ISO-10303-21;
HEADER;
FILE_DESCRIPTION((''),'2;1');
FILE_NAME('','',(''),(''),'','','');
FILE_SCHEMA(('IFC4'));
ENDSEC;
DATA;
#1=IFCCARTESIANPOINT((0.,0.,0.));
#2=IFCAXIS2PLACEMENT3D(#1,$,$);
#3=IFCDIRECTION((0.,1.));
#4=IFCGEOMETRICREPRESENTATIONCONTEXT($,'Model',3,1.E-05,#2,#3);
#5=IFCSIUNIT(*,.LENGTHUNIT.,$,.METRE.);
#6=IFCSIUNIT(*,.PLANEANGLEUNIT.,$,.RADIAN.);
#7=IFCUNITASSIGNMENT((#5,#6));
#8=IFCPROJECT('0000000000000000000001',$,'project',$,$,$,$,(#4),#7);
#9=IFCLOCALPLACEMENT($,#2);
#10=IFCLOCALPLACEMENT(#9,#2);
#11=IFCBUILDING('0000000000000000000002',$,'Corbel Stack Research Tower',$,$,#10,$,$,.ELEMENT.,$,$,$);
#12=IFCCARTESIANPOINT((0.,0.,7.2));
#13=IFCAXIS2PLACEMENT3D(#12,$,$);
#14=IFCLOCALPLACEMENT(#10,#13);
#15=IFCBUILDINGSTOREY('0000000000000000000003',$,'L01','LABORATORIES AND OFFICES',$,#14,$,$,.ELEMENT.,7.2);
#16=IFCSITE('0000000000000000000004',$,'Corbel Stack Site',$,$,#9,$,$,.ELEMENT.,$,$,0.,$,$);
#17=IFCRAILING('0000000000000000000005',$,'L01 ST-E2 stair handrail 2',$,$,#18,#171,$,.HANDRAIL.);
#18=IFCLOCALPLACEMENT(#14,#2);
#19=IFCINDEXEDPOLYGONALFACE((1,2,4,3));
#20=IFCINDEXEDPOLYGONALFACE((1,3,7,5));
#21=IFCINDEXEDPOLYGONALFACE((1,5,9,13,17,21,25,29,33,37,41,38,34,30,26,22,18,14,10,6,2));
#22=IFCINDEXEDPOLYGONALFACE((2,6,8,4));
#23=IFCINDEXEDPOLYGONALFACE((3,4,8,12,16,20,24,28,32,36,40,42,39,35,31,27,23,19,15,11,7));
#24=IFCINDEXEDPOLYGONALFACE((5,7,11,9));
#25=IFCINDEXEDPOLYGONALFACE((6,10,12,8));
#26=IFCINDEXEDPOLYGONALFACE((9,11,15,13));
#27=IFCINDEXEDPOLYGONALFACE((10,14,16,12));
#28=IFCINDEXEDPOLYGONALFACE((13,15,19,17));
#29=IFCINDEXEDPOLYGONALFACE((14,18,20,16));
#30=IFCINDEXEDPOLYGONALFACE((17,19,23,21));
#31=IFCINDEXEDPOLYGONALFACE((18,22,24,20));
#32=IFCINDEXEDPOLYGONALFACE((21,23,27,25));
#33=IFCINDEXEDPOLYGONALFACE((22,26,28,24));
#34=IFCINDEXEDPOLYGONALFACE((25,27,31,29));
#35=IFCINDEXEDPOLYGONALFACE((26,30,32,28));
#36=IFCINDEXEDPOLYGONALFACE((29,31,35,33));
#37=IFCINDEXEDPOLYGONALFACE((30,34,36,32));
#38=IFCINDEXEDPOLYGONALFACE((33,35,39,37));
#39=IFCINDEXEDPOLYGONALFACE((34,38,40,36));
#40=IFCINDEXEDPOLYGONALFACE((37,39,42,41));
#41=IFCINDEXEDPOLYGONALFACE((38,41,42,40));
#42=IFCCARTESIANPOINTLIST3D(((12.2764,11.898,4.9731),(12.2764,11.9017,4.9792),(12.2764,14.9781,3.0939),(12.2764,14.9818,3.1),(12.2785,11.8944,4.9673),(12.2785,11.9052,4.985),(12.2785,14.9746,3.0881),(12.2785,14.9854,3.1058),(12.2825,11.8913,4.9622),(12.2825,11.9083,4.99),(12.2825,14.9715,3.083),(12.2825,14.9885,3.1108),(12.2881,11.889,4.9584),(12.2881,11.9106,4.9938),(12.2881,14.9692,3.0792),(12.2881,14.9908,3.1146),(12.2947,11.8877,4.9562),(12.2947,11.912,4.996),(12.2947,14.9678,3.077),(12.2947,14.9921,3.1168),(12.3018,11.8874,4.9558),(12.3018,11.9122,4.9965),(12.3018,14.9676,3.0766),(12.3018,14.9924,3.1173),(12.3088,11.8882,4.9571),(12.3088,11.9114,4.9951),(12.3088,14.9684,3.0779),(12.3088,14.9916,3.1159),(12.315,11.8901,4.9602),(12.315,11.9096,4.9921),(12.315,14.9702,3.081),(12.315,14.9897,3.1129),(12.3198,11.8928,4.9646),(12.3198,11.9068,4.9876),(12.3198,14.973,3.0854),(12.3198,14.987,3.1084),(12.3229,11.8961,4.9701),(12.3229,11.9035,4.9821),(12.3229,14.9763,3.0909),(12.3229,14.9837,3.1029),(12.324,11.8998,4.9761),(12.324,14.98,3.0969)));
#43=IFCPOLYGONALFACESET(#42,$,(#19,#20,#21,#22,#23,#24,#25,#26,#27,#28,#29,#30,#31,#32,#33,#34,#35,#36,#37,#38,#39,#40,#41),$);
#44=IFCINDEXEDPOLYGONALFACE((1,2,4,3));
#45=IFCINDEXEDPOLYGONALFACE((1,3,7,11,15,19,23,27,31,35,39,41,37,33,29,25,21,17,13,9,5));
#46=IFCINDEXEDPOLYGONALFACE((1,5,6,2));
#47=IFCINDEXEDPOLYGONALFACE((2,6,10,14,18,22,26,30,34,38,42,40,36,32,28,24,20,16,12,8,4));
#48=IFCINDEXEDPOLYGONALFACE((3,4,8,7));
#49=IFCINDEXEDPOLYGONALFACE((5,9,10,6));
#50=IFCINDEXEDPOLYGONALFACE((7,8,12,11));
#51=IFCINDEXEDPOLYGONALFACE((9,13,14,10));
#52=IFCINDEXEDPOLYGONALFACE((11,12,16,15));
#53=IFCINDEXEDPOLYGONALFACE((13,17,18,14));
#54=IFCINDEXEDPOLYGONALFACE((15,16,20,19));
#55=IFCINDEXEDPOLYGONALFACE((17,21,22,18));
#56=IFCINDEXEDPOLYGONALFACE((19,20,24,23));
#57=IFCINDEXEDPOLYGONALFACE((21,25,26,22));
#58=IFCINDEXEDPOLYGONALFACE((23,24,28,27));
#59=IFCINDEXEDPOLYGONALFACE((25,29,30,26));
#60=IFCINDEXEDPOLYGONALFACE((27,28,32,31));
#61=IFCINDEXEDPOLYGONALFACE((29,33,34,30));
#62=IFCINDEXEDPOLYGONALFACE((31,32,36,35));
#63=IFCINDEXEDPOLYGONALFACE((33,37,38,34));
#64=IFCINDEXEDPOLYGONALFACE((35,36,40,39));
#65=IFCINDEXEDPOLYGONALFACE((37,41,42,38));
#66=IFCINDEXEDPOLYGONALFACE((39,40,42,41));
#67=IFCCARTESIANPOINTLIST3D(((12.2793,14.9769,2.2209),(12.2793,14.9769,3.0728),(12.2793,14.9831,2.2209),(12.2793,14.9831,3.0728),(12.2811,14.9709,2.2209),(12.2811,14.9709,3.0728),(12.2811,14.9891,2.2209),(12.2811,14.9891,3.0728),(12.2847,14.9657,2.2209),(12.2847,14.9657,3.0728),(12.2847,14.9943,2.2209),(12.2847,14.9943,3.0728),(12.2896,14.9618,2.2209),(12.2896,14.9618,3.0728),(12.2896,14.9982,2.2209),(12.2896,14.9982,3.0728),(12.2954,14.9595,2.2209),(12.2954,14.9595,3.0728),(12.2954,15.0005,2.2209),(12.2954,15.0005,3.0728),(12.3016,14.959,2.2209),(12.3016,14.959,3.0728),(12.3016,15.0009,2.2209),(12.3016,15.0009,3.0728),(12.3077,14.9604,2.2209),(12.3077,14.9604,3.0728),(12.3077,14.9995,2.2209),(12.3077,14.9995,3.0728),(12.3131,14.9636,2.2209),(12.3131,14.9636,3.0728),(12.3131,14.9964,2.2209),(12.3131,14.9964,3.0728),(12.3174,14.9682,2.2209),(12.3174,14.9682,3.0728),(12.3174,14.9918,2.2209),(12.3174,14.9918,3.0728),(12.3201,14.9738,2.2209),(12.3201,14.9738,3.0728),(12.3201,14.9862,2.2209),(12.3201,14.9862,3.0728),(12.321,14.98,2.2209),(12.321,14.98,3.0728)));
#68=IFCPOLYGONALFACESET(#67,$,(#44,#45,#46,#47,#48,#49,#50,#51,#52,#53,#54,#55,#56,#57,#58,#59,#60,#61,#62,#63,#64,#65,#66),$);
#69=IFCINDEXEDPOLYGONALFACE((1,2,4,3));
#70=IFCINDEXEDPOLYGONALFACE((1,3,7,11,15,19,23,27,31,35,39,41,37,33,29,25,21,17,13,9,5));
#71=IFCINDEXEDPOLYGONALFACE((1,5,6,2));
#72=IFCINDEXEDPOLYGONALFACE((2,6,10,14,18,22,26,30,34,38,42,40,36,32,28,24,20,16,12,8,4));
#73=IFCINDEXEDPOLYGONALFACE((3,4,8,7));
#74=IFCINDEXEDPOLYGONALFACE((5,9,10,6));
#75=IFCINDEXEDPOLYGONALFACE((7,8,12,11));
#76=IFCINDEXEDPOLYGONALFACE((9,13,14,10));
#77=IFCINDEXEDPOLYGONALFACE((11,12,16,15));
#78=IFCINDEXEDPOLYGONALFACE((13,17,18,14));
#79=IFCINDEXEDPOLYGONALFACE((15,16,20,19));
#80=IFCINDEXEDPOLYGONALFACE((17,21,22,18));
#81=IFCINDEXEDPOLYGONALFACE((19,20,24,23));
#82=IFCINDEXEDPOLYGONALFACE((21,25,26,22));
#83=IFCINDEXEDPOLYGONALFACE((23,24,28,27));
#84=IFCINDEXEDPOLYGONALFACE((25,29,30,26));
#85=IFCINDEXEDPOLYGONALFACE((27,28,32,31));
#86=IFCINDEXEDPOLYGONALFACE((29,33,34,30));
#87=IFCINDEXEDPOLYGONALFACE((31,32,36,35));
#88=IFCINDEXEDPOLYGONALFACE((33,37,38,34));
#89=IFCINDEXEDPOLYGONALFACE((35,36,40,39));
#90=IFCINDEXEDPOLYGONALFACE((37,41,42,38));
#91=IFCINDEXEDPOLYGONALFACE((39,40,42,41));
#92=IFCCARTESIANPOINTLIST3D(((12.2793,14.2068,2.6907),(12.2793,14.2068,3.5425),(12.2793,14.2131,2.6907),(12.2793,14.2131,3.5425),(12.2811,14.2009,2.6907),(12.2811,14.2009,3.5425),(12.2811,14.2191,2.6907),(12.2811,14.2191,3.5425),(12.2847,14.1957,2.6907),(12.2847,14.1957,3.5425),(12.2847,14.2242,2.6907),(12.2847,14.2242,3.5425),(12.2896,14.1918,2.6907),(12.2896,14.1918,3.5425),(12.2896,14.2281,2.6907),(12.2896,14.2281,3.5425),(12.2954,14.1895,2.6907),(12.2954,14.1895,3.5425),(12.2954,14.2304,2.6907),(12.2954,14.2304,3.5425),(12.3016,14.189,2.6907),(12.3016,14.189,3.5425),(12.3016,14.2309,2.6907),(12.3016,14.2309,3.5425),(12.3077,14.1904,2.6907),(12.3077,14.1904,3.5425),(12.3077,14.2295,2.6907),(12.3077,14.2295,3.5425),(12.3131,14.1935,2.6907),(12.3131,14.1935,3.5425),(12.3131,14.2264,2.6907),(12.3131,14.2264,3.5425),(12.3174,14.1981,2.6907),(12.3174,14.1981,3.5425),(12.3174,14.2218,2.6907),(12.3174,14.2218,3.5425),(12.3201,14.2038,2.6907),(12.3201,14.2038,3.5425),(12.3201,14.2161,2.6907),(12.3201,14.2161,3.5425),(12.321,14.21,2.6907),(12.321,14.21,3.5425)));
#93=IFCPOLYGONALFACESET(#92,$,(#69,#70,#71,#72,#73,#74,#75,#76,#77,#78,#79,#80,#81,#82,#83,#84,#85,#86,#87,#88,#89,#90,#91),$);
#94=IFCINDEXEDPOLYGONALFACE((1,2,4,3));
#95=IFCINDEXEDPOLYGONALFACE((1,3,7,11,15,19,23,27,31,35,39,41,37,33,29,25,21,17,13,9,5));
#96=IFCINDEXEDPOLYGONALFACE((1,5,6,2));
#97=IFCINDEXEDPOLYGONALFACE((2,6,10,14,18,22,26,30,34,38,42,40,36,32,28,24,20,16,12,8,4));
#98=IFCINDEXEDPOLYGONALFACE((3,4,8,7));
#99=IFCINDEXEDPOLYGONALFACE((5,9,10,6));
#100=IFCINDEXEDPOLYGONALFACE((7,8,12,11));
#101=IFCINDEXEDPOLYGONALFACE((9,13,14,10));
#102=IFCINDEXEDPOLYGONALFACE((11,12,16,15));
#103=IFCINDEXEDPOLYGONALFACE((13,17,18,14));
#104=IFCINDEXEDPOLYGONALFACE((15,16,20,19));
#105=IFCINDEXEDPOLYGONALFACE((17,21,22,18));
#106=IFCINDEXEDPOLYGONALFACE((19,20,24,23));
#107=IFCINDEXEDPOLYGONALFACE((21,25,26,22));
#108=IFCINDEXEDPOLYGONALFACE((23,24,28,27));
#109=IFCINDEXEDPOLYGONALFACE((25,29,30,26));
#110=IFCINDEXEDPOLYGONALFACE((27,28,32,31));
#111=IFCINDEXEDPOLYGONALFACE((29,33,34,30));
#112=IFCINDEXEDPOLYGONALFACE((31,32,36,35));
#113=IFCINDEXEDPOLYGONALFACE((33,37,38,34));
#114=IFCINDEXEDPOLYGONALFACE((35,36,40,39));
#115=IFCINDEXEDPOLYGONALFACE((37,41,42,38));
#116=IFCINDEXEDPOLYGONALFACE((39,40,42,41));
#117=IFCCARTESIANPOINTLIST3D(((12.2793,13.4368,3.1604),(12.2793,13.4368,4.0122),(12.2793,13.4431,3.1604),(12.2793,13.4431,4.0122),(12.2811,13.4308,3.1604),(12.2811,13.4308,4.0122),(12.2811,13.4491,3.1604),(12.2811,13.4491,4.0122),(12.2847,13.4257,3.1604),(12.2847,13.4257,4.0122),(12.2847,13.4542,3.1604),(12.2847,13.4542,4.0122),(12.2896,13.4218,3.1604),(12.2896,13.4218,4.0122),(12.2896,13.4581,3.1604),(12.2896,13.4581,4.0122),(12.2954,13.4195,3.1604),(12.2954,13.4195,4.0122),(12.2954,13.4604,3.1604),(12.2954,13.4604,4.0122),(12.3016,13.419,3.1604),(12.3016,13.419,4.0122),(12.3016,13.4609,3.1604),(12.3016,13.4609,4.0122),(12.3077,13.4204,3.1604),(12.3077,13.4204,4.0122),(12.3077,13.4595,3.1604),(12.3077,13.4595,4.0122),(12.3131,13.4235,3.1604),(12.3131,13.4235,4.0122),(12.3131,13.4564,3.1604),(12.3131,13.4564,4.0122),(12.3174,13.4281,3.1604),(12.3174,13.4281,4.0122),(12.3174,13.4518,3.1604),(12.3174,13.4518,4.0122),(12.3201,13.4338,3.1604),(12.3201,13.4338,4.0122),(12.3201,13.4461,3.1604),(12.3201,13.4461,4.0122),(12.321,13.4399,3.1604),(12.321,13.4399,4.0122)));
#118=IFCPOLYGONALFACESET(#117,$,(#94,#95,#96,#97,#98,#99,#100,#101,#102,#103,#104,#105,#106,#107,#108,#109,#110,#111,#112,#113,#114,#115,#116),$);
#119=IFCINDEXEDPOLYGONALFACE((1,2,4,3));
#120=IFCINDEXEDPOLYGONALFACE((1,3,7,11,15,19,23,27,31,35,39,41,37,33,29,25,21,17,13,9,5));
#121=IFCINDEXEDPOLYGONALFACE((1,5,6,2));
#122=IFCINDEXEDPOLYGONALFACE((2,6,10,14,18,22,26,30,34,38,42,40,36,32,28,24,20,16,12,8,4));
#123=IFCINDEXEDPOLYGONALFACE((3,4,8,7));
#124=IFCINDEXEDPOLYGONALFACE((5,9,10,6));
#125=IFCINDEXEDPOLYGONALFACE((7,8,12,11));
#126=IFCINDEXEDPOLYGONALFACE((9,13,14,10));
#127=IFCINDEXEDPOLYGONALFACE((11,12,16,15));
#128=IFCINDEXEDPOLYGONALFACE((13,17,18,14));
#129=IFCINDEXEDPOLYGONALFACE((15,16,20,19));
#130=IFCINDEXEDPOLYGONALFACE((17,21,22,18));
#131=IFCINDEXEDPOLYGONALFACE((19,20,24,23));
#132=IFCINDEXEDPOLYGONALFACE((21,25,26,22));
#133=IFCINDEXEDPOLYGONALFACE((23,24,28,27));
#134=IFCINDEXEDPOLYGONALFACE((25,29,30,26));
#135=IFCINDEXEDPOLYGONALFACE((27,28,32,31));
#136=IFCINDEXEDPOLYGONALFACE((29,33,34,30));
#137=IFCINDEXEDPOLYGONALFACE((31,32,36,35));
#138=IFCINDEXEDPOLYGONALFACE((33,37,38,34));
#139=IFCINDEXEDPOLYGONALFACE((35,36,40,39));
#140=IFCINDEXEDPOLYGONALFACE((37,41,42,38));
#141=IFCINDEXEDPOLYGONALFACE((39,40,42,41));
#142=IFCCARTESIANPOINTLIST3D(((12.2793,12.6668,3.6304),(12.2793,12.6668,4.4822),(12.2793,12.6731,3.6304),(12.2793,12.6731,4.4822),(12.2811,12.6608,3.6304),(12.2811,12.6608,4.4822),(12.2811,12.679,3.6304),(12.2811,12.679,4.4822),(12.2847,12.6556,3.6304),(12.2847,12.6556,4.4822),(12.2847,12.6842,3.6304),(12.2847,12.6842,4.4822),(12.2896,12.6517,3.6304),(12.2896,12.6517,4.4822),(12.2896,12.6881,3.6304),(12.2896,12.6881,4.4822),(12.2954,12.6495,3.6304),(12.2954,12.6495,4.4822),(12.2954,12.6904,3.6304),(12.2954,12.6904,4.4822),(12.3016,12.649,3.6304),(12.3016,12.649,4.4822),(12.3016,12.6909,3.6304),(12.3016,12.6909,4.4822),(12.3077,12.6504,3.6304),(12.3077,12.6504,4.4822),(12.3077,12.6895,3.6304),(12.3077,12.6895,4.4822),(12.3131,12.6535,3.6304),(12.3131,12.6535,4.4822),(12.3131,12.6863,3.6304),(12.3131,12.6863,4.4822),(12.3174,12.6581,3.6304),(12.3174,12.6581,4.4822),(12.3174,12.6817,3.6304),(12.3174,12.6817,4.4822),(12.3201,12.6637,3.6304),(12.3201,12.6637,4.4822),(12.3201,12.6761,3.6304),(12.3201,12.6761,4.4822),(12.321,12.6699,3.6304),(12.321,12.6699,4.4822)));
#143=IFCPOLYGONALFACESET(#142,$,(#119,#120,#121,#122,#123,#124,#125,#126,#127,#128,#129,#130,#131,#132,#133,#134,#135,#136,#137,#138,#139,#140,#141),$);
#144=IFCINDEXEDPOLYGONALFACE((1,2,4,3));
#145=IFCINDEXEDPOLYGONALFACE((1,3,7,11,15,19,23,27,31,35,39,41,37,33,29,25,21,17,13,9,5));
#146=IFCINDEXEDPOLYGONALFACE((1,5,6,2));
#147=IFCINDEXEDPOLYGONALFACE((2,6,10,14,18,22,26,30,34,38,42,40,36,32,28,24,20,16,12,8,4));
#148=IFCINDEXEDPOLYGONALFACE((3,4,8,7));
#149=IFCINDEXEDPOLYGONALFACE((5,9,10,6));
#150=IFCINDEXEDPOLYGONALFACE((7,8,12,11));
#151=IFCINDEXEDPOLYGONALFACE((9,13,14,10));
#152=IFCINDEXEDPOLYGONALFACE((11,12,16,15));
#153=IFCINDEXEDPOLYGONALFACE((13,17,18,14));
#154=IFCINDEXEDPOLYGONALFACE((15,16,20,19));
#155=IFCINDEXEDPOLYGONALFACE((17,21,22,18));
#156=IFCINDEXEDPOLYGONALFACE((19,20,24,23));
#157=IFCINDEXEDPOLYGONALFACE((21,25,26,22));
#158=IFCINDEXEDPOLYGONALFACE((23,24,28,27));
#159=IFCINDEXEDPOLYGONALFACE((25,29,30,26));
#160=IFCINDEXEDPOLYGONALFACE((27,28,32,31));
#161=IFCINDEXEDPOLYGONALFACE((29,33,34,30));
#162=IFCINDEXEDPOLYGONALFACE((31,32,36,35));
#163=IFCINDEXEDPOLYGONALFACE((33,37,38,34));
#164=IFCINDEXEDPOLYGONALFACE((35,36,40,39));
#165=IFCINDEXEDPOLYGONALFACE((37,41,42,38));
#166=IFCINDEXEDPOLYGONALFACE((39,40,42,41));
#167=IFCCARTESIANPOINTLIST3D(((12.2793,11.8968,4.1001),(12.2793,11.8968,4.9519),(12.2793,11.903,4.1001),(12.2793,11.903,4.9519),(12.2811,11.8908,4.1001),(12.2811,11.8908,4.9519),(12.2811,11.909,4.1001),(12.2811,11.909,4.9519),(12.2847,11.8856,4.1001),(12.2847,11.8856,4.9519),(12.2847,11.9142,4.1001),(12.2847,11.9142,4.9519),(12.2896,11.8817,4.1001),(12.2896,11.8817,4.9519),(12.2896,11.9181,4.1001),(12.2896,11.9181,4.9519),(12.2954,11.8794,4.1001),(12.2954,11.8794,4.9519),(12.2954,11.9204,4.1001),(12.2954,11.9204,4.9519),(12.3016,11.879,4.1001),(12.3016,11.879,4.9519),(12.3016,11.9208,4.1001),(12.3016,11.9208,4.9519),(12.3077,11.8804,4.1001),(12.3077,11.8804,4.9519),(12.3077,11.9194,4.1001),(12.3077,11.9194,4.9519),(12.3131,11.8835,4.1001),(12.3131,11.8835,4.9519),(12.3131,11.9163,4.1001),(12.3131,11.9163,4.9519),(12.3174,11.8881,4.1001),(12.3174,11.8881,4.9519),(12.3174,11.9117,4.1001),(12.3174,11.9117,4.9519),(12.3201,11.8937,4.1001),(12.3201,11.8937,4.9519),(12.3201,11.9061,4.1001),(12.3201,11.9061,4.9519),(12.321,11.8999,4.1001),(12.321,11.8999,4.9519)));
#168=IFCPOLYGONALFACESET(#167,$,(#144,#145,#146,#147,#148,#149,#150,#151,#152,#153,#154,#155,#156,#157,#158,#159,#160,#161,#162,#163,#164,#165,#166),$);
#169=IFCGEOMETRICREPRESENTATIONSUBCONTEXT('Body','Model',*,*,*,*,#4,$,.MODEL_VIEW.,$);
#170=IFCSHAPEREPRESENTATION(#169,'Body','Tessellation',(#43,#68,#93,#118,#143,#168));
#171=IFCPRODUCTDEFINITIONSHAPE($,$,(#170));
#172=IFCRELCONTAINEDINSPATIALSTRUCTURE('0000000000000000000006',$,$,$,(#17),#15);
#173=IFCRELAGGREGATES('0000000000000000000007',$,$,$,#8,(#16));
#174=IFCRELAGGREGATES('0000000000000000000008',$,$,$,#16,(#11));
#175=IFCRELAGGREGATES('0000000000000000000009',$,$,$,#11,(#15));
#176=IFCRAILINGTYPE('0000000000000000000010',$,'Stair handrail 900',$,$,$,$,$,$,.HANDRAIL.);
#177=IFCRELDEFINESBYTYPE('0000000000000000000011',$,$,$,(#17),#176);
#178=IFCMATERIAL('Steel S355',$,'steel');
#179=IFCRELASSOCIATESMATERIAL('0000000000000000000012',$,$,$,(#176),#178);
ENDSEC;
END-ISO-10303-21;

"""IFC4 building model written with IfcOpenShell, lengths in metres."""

from ifc_helpers import new_model, si_unit, direction, frame, origin, origin_2d, place, context, subcontext, project, spatial, circle, extrude, material, type_object, element, save


model = new_model("IFC4")

# Units and contexts
model_context = context("Model", 3, precision=1e-05, world=origin(), true_north=direction((0.0, 1.0)))
body_context = subcontext(model_context, "Body", "Model", "MODEL_VIEW")
ifc_project = project(units=[si_unit("LENGTHUNIT", "METRE"), si_unit("PLANEANGLEUNIT", "RADIAN")], contexts=[model_context])

# Site, building, storey
site_placement = place(None, origin())
site = spatial("IfcSite", under=ifc_project, at=site_placement, Name="Corbel Stack Site", CompositionType="ELEMENT", RefElevation=0.0)
building_placement = place(site_placement, origin())
building = spatial("IfcBuilding", under=site, at=building_placement, Name="Corbel Stack Research Tower", CompositionType="ELEMENT")
storey_placement = place(building_placement, frame((0.0, 0.0, 7.2)))
storey = spatial("IfcBuildingStorey", under=building, at=storey_placement, Name="L01", Description="LABORATORIES AND OFFICES", CompositionType="ELEMENT", Elevation=7.2)

# Railing
ifc_material_1 = material(Name="Steel S355", Category="steel")
railing_type_1 = type_object("IfcRailingType", Name="Stair handrail 900", PredefinedType="HANDRAIL", material=ifc_material_1)
railing_1_placement = place(storey_placement, frame((12.3, 14.98, 2.2209)))
element("IfcRailing", 1, at=railing_1_placement, inside=storey, type_object=railing_type_1, Name="L01 ST-E2 stair handrail 2", PredefinedType="HANDRAIL", context=body_context, shape_type="SweptSolid", body=[
    extrude(circle(Radius=0.0239, at=origin_2d()), frame((0.0, 0.0, 0.876), z_axis=(0.0, -0.853666, 0.52082), x_axis=(1.0, 0.0, 0.0)), (0.0, 0.0, 1.0), 3.6082),
    extrude(circle(Radius=0.021, at=origin_2d()), origin(), (0.0, 0.0, 1.0), 0.8518),
    extrude(circle(Radius=0.021, at=origin_2d()), frame((0.0, -0.77, 0.4697)), (0.0, 0.0, 1.0), 0.8518),
    extrude(circle(Radius=0.021, at=origin_2d()), frame((0.0, -1.54, 0.9395)), (0.0, 0.0, 1.0), 0.8518),
    extrude(circle(Radius=0.021, at=origin_2d()), frame((0.0, -2.3101, 1.4094)), (0.0, 0.0, 1.0), 0.8518),
    extrude(circle(Radius=0.021, at=origin_2d()), frame((0.0, -3.0801, 1.8792)), (0.0, 0.0, 1.0), 0.8518),
])

save(model, "model.ifc")
